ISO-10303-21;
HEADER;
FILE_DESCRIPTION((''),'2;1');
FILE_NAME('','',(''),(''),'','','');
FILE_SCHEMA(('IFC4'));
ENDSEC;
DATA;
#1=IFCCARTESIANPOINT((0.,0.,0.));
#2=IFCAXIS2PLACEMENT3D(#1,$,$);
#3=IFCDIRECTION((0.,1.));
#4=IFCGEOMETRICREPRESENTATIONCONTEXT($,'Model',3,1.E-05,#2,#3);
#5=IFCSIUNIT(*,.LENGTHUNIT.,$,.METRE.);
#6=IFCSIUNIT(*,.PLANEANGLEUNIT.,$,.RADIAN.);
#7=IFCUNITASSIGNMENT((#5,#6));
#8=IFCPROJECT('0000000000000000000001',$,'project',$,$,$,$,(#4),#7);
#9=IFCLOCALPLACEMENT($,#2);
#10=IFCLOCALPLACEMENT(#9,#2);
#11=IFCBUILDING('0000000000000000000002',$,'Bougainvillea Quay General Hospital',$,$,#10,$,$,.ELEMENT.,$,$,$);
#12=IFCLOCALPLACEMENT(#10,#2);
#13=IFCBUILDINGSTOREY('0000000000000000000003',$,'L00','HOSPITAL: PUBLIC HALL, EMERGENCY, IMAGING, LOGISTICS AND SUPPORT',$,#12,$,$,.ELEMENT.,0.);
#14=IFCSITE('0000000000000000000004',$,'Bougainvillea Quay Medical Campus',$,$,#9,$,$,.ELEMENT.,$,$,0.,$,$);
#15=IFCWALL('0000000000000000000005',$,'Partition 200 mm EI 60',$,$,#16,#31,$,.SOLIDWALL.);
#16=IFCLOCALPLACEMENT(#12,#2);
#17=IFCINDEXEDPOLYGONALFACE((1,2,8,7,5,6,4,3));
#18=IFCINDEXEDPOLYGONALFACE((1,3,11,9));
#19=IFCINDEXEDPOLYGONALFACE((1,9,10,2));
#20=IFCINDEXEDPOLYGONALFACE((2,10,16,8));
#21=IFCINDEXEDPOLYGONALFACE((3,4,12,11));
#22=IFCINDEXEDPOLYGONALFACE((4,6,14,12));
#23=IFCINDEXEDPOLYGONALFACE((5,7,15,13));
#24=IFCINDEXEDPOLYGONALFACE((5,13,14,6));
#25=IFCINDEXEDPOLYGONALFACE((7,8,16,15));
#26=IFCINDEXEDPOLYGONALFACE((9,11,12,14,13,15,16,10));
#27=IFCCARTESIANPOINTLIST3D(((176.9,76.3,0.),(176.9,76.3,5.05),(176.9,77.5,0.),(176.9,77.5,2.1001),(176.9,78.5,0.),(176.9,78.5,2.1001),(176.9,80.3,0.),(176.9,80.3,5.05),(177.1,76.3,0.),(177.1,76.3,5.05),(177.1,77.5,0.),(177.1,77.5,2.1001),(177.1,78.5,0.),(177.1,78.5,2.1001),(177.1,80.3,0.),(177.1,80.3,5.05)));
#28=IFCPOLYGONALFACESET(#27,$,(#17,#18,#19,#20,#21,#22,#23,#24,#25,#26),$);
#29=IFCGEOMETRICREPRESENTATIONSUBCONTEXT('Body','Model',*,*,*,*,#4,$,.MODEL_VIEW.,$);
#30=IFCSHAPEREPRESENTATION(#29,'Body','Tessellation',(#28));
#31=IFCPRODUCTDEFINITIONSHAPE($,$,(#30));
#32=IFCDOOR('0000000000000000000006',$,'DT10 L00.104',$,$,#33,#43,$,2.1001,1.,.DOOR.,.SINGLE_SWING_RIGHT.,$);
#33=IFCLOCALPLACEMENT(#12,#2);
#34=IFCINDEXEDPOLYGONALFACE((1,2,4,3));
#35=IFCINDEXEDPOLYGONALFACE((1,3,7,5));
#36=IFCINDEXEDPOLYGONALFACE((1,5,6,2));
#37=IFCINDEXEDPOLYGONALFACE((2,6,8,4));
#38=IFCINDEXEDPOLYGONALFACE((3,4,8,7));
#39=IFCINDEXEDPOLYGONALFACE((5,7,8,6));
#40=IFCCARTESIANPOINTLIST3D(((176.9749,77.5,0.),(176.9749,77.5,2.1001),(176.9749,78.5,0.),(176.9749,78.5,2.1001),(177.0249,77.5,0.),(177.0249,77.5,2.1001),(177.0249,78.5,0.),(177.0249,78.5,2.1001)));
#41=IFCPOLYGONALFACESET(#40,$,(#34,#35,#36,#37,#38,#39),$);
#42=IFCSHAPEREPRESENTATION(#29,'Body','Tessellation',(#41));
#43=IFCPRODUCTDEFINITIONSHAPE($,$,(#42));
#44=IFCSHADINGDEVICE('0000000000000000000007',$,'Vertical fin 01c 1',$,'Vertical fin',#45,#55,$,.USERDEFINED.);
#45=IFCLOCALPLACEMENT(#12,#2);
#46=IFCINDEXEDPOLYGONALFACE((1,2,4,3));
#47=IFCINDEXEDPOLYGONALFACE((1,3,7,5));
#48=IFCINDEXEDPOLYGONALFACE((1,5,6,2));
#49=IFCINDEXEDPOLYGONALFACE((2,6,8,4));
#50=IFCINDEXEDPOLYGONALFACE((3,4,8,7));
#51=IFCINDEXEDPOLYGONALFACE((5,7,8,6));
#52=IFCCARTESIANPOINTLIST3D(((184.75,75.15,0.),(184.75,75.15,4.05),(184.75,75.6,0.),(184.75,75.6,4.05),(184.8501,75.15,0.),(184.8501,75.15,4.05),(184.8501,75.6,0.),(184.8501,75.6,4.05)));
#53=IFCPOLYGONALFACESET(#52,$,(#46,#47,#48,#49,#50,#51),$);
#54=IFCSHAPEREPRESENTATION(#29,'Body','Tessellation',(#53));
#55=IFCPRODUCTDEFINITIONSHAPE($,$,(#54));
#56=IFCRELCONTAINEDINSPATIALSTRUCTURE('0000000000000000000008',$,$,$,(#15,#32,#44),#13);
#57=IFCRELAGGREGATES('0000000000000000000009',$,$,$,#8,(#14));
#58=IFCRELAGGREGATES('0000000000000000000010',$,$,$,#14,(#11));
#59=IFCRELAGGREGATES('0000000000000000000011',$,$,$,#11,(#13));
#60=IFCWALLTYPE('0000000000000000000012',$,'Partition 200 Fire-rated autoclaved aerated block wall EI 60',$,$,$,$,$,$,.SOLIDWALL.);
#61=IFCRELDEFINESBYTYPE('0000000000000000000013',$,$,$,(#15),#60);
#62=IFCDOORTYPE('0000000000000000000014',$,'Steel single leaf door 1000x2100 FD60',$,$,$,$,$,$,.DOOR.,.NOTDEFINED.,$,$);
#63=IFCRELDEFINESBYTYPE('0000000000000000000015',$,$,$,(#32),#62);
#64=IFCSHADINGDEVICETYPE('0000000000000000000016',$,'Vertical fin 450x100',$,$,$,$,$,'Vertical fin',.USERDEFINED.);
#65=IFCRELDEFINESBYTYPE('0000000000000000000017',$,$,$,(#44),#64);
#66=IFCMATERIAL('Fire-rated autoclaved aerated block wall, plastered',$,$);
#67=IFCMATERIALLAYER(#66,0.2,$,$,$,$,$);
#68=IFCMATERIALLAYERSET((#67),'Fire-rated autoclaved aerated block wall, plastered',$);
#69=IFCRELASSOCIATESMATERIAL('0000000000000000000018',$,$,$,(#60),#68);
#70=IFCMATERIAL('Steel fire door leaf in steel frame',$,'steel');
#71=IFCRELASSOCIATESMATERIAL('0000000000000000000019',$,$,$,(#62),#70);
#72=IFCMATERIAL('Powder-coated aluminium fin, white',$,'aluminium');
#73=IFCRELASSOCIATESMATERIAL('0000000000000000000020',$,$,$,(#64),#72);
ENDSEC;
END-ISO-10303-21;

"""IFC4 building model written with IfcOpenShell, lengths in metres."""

from ifc_helpers import new_model, si_unit, direction, frame, frame_2d, origin, origin_2d, place, context, subcontext, project, spatial, rectangle, extrude, material, layer, layer_set, material_profile, profile_set, type_object, element, fill, save


model = new_model("IFC4")

# Units and contexts
model_context = context("Model", 3, precision=1e-05, world=origin(), true_north=direction((0.0, 1.0)))
body_context = subcontext(model_context, "Body", "Model", "MODEL_VIEW")
ifc_project = project(units=[si_unit("LENGTHUNIT", "METRE"), si_unit("PLANEANGLEUNIT", "RADIAN")], contexts=[model_context])

# Site, building, storey
site_placement = place(None, origin())
site = spatial("IfcSite", under=ifc_project, at=site_placement, Name="Bougainvillea Quay Medical Campus", CompositionType="ELEMENT", RefElevation=0.0)
building_placement = place(site_placement, origin())
building = spatial("IfcBuilding", under=site, at=building_placement, Name="Bougainvillea Quay General Hospital", CompositionType="ELEMENT")
storey_placement = place(building_placement, origin())
storey = spatial("IfcBuildingStorey", under=building, at=storey_placement, Name="L00", Description="HOSPITAL: PUBLIC HALL, EMERGENCY, IMAGING, LOGISTICS AND SUPPORT", CompositionType="ELEMENT", Elevation=0.0)

# Shared definitions
ifc_material_1 = material(Name="Fire-rated autoclaved aerated block wall, plastered")

# Shared definitions
ifc_material_2 = material(Name="Steel fire door leaf in steel frame", Category="steel")

# Shared definitions
ifc_layer_1 = layer(ifc_material_1, 0.2)
ifc_layer_set_1 = layer_set([ifc_layer_1], Name="Fire-rated autoclaved aerated block wall, plastered")
wall_type_1 = type_object("IfcWallType", Name="Partition 200 Fire-rated autoclaved aerated block wall EI 60", PredefinedType="SOLIDWALL", material=ifc_layer_set_1)

# Wall, opening, door
wall_1_placement = place(storey_placement, frame((177.0, 76.3, 0.0), z_axis=(0.0, 0.0, 1.0), x_axis=(0.0, 1.0, 0.0)))
wall_1 = element("IfcWall", 1, at=wall_1_placement, inside=storey, type_object=wall_type_1, Name="Partition 200 mm EI 60", PredefinedType="SOLIDWALL", context=body_context, shape_type="SweptSolid", body=[
    extrude(rectangle(XDim=4.0, YDim=0.2, at=frame_2d((2.0, 0.0))), origin(), (0.0, 0.0, 1.0), 5.05),
])
opening_1_placement = place(wall_1_placement, frame((1.2, 0.0, 0.0)))
opening_1 = element("IfcOpeningElement", 2, at=opening_1_placement, cuts=wall_1, PredefinedType="OPENING", context=body_context, shape_type="SweptSolid", body=[
    extrude(rectangle(XDim=1.0, YDim=2.1001, at=frame_2d((0.5, 1.05))), frame((0.0, 0.1099, 0.0), z_axis=(0.0, -1.0, 0.0), x_axis=(1.0, 0.0, 0.0)), (0.0, 0.0, 1.0), 0.22),
])
door_type_1 = type_object("IfcDoorType", Name="Steel single leaf door 1000x2100 FD60", OperationType="NOTDEFINED", PredefinedType="DOOR", material=ifc_material_2)
door_1_placement = place(opening_1_placement, frame((1.0, 0.0, 0.0), z_axis=(0.0, 0.0, 1.0), x_axis=(-1.0, 0.0, 0.0)))
door_1 = element("IfcDoor", 3, at=door_1_placement, inside=storey, type_object=door_type_1, Name="DT10 L00.104", OperationType="SINGLE_SWING_RIGHT", OverallHeight=2.1001, OverallWidth=1.0, PredefinedType="DOOR", context=body_context, shape_type="SweptSolid", body=[
    extrude(rectangle(XDim=1.0, YDim=2.1001, at=frame_2d((0.5, 1.05))), frame((0.0, 0.0249, 0.0), z_axis=(0.0, -1.0, 0.0), x_axis=(1.0, 0.0, 0.0)), (0.0, 0.0, 1.0), 0.05),
])
fill(opening_1, door_1)

# Shading device
ifc_material_3 = material(Name="Powder-coated aluminium fin, white", Category="aluminium")
ifc_material_profile_1 = material_profile(ifc_material_3, rectangle(XDim=0.45, YDim=0.1001, at=origin_2d()))
ifc_profile_set_1 = profile_set([ifc_material_profile_1], Name="Powder-coated aluminium fin, white")
shading_device_type = type_object("IfcShadingDeviceType", Name="Vertical fin 450x100", ElementType="Vertical fin", PredefinedType="USERDEFINED", material=ifc_profile_set_1)
shading_device_placement = place(storey_placement, frame((184.8, 75.375, 0.0), z_axis=(0.0, 0.0, 1.0), x_axis=(0.0, -1.0, 0.0)))
element("IfcShadingDevice", 4, at=shading_device_placement, inside=storey, type_object=shading_device_type, Name="Vertical fin 01c 1", ObjectType="Vertical fin", PredefinedType="USERDEFINED", context=body_context, shape_type="SweptSolid", body=[
    extrude(rectangle(XDim=0.45, YDim=0.1001, at=origin_2d()), origin(), (0.0, 0.0, 1.0), 4.05),
])

save(model, "model.ifc")
